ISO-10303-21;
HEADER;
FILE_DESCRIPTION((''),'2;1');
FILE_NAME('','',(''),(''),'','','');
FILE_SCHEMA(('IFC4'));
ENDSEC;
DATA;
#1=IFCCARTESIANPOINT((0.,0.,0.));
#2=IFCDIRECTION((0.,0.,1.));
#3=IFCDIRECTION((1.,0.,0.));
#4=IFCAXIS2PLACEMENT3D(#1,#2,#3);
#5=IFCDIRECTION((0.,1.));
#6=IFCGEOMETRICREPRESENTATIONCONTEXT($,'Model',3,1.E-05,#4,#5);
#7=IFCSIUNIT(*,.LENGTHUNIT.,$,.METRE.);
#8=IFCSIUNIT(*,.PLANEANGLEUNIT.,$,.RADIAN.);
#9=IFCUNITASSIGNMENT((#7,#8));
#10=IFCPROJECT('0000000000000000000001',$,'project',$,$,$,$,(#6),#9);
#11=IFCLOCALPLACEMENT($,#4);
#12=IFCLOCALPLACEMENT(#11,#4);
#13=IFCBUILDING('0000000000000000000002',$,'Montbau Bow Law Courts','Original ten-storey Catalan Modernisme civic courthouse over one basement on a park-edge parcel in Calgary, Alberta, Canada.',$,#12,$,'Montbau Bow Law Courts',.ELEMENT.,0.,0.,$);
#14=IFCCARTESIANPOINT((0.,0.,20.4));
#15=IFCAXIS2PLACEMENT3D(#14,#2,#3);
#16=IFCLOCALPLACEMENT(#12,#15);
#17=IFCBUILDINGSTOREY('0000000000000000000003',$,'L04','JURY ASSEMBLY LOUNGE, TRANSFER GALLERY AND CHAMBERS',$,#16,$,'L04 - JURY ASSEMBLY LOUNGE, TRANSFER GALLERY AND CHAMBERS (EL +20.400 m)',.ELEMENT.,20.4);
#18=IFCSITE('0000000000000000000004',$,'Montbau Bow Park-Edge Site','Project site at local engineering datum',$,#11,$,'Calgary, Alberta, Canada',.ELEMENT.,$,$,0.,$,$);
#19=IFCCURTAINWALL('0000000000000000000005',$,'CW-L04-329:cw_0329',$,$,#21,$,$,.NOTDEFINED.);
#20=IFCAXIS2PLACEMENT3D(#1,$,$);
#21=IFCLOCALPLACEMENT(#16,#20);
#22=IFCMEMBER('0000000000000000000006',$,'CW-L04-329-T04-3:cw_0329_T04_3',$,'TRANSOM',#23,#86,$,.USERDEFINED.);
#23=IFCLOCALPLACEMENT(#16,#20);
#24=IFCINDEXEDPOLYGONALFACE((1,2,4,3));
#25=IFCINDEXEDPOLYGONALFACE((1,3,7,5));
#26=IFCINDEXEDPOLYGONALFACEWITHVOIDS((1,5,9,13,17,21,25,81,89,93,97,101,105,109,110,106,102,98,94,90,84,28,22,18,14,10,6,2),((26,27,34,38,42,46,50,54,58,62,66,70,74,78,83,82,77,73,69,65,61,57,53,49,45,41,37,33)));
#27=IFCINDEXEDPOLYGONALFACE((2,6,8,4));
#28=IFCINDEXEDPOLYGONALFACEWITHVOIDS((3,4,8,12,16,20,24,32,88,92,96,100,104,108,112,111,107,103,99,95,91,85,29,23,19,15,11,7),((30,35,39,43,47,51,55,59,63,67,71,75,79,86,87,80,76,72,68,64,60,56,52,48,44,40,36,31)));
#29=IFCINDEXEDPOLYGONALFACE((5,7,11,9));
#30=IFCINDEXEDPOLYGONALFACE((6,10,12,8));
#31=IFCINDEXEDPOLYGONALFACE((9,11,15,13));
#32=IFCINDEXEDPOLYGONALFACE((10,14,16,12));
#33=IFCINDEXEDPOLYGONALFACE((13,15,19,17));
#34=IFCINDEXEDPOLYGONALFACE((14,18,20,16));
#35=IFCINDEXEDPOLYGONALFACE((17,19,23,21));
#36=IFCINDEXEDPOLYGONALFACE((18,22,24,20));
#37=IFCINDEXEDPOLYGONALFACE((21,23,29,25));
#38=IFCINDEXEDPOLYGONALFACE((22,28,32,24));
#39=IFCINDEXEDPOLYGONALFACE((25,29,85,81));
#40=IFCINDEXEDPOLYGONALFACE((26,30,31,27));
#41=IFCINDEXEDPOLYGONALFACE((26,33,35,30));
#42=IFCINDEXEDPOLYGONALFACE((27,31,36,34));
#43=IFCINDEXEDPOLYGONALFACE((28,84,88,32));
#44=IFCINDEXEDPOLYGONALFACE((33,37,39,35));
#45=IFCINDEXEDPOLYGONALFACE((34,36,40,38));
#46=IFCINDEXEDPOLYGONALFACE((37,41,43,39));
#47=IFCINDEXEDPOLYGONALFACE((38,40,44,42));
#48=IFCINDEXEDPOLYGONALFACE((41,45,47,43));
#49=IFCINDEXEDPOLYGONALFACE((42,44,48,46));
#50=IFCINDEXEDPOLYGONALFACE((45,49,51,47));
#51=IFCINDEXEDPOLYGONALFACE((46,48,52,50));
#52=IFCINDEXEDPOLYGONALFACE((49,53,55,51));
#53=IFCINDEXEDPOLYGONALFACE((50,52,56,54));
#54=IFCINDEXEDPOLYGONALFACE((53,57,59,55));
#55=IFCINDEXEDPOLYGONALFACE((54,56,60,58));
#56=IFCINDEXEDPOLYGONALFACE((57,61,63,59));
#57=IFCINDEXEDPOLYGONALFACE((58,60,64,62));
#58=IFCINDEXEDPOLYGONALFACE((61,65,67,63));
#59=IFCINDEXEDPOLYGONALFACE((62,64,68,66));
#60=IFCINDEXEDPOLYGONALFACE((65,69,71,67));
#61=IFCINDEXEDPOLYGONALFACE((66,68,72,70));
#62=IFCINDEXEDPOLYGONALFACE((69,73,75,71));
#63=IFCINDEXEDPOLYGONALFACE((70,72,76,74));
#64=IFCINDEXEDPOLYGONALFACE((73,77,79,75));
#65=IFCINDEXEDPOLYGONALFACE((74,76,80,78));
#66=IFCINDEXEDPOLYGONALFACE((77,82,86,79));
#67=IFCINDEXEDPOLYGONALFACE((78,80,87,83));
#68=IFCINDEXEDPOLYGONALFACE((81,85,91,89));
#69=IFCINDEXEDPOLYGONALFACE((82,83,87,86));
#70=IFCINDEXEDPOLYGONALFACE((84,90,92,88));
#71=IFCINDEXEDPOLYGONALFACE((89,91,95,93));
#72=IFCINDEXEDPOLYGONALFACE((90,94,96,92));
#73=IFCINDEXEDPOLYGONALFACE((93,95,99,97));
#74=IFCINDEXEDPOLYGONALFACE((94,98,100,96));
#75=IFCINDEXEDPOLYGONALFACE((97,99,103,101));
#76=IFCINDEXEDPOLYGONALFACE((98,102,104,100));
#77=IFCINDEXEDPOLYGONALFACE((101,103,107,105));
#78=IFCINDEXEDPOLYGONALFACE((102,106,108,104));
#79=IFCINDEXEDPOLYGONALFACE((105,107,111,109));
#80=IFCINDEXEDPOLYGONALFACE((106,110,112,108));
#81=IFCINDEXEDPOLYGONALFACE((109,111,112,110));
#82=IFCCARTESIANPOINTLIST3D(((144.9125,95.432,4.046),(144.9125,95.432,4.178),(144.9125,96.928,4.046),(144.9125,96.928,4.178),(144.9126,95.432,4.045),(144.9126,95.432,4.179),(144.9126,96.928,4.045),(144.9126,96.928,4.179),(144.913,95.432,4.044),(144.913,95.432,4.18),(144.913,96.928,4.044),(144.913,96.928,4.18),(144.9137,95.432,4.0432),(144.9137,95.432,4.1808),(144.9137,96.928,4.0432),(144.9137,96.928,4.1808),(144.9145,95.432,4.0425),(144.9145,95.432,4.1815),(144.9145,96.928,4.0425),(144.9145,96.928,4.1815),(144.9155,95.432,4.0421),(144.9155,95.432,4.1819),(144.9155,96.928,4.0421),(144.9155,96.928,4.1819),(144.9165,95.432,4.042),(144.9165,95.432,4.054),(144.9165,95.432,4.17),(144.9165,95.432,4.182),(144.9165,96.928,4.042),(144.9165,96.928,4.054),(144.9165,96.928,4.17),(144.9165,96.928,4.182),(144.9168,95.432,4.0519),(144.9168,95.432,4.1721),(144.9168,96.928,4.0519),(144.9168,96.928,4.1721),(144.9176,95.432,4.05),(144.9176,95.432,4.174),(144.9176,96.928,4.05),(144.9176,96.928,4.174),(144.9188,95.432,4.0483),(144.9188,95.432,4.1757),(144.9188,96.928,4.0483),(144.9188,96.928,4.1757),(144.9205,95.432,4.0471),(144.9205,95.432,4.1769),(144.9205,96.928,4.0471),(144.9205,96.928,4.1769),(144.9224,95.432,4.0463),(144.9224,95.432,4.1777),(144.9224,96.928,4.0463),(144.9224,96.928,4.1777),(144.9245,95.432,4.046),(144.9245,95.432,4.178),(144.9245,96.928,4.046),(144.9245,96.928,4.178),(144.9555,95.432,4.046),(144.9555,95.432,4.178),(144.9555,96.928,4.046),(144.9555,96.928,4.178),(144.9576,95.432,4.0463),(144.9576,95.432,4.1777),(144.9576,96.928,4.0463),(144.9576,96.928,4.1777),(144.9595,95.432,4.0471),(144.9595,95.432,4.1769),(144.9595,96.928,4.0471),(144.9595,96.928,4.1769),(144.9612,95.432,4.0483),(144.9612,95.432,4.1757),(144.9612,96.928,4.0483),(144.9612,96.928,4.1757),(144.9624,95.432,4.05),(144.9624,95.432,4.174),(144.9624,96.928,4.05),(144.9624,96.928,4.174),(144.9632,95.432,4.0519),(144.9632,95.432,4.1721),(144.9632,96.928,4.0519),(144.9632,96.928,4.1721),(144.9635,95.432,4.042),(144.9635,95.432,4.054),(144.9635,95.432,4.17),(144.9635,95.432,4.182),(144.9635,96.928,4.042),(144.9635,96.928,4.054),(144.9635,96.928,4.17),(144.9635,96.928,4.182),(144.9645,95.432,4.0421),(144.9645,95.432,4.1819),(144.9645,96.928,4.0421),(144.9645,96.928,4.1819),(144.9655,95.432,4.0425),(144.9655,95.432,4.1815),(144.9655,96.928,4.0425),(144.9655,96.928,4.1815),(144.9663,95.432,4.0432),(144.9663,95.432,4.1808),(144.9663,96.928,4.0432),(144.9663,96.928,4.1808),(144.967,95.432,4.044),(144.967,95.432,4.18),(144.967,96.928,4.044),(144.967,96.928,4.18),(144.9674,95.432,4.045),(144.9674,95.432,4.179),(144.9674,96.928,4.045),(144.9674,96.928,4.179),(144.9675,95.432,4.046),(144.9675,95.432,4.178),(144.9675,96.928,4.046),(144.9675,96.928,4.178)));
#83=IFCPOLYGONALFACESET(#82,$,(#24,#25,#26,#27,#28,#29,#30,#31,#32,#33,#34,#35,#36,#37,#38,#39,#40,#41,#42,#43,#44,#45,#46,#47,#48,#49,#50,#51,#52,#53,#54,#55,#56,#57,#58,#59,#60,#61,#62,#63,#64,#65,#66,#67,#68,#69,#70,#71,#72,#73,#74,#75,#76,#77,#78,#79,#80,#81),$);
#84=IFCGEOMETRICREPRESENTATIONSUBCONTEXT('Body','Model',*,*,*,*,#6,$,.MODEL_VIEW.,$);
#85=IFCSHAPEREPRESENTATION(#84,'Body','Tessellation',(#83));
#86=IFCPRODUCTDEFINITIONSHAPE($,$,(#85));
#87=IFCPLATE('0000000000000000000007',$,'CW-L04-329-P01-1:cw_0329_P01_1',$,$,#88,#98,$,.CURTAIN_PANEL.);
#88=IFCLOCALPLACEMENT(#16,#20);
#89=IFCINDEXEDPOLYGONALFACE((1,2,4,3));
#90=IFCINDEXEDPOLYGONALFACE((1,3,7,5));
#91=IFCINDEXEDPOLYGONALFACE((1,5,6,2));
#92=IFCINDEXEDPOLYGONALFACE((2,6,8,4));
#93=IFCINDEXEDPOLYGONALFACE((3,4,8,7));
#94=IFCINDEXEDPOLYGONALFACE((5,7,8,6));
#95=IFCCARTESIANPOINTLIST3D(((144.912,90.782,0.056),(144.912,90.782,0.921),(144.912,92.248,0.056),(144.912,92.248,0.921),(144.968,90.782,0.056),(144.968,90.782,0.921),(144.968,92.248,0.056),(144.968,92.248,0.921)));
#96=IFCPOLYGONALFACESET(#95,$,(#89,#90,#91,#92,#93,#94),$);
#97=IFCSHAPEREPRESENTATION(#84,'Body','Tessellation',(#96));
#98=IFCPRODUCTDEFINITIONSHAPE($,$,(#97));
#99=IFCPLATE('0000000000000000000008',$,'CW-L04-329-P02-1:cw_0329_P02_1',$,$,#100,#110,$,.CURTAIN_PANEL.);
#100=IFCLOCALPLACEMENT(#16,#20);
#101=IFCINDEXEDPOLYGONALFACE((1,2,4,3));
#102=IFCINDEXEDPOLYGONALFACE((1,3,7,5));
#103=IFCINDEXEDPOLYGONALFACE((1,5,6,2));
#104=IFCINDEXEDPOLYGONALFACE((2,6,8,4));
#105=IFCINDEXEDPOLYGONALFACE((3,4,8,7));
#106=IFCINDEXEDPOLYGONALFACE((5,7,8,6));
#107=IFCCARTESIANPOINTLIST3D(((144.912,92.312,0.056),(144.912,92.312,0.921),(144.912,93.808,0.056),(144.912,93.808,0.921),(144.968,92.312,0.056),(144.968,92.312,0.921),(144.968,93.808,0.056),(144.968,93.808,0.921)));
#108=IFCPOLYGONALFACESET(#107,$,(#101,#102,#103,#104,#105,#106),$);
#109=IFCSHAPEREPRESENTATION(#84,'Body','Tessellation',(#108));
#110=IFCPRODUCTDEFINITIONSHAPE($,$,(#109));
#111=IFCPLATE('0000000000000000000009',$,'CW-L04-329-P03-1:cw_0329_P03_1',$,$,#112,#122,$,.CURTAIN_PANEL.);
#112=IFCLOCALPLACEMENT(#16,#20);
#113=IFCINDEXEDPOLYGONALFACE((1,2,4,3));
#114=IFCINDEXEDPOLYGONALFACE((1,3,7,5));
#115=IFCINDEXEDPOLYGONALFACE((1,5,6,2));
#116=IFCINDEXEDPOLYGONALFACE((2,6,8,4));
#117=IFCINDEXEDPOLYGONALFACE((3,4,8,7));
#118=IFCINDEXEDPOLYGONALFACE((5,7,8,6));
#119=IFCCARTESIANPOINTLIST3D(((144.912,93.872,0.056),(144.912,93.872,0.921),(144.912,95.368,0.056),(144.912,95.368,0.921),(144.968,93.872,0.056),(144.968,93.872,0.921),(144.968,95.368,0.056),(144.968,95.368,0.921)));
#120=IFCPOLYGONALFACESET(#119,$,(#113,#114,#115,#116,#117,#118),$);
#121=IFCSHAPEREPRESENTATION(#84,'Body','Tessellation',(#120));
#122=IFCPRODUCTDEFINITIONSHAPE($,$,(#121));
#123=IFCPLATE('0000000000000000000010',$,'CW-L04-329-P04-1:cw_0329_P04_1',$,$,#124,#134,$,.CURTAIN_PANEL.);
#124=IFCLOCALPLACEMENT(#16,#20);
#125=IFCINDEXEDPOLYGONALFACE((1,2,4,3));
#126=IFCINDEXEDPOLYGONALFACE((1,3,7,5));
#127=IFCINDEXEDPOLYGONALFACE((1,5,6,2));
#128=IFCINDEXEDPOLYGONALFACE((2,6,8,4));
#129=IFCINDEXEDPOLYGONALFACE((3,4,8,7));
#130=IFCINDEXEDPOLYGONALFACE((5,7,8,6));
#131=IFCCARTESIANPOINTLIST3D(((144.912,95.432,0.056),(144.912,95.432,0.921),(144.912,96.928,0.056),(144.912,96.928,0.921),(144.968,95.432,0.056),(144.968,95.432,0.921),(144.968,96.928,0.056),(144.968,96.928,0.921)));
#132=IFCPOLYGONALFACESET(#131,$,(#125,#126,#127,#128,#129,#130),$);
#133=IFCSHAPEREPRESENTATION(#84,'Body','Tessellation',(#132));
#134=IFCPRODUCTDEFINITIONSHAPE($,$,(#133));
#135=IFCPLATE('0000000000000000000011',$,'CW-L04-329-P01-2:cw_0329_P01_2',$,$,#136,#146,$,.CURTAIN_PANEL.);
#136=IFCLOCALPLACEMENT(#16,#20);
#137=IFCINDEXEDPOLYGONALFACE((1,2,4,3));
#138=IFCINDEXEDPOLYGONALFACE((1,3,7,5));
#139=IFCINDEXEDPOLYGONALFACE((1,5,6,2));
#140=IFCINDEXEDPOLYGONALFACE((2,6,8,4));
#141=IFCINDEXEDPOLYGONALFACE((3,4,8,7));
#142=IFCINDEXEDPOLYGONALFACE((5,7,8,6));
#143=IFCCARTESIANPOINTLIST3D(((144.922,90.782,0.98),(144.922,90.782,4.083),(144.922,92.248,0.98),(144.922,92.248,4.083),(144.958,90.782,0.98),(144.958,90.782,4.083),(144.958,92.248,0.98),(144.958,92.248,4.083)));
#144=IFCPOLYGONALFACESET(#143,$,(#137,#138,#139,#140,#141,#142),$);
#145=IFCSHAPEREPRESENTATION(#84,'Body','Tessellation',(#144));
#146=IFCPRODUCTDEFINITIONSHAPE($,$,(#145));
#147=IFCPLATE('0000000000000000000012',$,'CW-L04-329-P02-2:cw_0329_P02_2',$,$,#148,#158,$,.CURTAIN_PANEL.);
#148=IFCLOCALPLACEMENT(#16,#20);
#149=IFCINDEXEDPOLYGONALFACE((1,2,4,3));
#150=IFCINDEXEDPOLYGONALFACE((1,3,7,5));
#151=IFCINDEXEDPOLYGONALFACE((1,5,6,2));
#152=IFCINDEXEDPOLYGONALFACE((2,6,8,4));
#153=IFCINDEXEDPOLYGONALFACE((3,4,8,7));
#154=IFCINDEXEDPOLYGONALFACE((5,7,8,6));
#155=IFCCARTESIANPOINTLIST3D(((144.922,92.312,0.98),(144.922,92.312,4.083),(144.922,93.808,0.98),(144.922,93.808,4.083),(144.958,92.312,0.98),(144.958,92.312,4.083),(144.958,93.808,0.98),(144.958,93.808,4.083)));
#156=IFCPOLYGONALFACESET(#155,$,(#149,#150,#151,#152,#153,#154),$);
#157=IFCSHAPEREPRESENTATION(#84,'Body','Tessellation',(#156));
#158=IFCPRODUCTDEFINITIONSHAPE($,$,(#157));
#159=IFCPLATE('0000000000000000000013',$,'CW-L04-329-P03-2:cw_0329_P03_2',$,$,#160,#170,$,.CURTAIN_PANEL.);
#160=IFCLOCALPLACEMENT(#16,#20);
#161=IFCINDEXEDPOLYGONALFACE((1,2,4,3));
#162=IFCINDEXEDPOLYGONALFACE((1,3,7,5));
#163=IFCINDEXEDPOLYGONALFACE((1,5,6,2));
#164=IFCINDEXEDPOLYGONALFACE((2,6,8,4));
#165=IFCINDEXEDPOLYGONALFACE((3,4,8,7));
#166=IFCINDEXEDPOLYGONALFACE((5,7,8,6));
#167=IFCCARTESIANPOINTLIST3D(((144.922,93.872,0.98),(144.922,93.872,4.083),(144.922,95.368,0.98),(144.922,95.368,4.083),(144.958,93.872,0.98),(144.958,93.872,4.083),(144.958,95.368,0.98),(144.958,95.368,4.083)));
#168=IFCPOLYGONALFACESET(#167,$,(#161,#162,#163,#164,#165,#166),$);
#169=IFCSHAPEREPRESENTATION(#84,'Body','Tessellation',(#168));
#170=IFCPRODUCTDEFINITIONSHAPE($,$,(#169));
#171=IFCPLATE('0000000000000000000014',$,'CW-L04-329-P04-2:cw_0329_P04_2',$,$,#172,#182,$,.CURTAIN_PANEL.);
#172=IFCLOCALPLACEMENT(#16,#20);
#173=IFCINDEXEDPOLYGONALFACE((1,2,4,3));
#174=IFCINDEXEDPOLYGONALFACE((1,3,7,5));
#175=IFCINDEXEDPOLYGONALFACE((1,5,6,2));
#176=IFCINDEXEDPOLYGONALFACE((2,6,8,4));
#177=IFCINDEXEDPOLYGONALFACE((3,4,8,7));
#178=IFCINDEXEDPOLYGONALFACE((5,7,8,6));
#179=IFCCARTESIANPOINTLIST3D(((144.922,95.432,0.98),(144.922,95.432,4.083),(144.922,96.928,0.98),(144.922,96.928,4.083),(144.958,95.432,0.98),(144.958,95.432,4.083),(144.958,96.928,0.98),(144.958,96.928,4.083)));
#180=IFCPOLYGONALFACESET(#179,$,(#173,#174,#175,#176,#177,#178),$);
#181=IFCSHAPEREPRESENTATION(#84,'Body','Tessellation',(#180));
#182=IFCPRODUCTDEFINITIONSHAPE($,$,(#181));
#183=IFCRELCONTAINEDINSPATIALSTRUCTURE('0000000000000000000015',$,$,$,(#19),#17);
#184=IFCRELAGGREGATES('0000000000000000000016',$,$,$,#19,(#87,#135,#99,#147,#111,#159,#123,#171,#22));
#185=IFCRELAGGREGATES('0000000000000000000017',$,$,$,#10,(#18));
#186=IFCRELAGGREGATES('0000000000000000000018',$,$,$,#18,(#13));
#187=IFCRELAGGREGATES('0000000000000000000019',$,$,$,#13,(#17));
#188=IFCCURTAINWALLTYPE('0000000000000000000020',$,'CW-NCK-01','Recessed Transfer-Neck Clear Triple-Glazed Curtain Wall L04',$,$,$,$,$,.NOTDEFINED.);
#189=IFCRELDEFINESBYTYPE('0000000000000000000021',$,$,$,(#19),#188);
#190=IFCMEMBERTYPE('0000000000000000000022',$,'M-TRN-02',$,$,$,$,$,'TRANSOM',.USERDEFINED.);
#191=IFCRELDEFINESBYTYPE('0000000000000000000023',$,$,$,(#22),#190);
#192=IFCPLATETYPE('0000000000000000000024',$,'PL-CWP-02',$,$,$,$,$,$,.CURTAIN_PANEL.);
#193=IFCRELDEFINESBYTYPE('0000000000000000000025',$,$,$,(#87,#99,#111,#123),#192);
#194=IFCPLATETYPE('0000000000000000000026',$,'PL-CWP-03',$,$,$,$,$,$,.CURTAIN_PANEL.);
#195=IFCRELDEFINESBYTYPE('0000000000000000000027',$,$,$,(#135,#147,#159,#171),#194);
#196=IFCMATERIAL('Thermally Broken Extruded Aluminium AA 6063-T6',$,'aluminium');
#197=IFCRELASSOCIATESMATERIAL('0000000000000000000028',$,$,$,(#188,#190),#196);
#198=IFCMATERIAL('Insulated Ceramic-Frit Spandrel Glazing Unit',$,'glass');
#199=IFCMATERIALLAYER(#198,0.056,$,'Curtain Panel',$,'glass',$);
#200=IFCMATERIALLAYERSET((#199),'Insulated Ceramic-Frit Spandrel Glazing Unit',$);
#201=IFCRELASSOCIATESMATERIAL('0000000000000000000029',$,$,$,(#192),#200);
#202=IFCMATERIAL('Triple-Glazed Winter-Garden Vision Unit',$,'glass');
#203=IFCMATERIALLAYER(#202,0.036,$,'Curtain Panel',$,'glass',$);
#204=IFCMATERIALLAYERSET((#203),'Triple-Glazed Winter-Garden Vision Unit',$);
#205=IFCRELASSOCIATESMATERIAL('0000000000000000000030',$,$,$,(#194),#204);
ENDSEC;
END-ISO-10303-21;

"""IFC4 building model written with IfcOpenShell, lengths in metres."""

from ifc_helpers import new_model, si_unit, direction, frame, frame_2d, origin_with_axes, origin_2d_with_axis, place, context, subcontext, project, spatial, rectangle, hollow_rectangle, extrude, material, layer, layer_set, material_profile, profile_set, type_object, element, aggregate, save


model = new_model("IFC4")

# Units and contexts
model_context = context("Model", 3, precision=1e-05, world=origin_with_axes(), true_north=direction((0.0, 1.0)))
body_context = subcontext(model_context, "Body", "Model", "MODEL_VIEW")
ifc_project = project(units=[si_unit("LENGTHUNIT", "METRE"), si_unit("PLANEANGLEUNIT", "RADIAN")], contexts=[model_context])

# Site, building, storey
site_placement = place(None, origin_with_axes())
site = spatial("IfcSite", under=ifc_project, at=site_placement, Name="Montbau Bow Park-Edge Site", Description="Project site at local engineering datum", LongName="Calgary, Alberta, Canada", CompositionType="ELEMENT", RefElevation=0.0)
building_placement = place(site_placement, origin_with_axes())
building = spatial("IfcBuilding", under=site, at=building_placement, Name="Montbau Bow Law Courts", Description="Original ten-storey Catalan Modernisme civic courthouse over one basement on a park-edge parcel in Calgary, Alberta, Canada.", LongName="Montbau Bow Law Courts", CompositionType="ELEMENT", ElevationOfRefHeight=0.0, ElevationOfTerrain=0.0)
storey_placement = place(building_placement, frame((0.0, 0.0, 20.4), z_axis=(0.0, 0.0, 1.0), x_axis=(1.0, 0.0, 0.0)))
storey = spatial("IfcBuildingStorey", under=building, at=storey_placement, Name="L04", Description="JURY ASSEMBLY LOUNGE, TRANSFER GALLERY AND CHAMBERS", LongName="L04 - JURY ASSEMBLY LOUNGE, TRANSFER GALLERY AND CHAMBERS (EL +20.400 m)", CompositionType="ELEMENT", Elevation=20.4)

# Shared definitions
ifc_material_1 = material(Name="Thermally Broken Extruded Aluminium AA 6063-T6", Category="aluminium")
curtain_wall_type = type_object("IfcCurtainWallType", Name="CW-NCK-01", Description="Recessed Transfer-Neck Clear Triple-Glazed Curtain Wall L04", PredefinedType="NOTDEFINED", material=ifc_material_1)

# Curtain wall
curtain_wall_1_placement = place(None, frame((144.94, 90.72, 20.4), z_axis=(0.0, 0.0, 1.0), x_axis=(1.0, 0.0, 0.0)))
curtain_wall_1 = element("IfcCurtainWall", 1, at=curtain_wall_1_placement, inside=storey, type_object=curtain_wall_type, Name="CW-L04-329:cw_0329", PredefinedType="NOTDEFINED")

# Member
ifc_material_profile_1 = material_profile(ifc_material_1, hollow_rectangle(XDim=0.055, YDim=0.14, WallThickness=0.004, InnerFilletRadius=0.008, OuterFilletRadius=0.004, at=origin_2d_with_axis()), Name="CWT-140X55", Category="Main", Priority=0)
ifc_profile_set_1 = profile_set([ifc_material_profile_1], Name="Thermally Broken Extruded Aluminium AA 6063-T6")
member_type_1 = type_object("IfcMemberType", Name="M-TRN-02", ElementType="TRANSOM", PredefinedType="USERDEFINED", material=ifc_profile_set_1)
member_1_placement = place(None, frame((144.94, 95.432, 24.512), z_axis=(0.0, 1.0, 0.0), x_axis=(-1.0, 0.0, 0.0)))
member_1 = element("IfcMember", 2, at=member_1_placement, type_object=member_type_1, Name="CW-L04-329-T04-3:cw_0329_T04_3", ObjectType="TRANSOM", PredefinedType="USERDEFINED", context=body_context, shape_type="SweptSolid", body=[
    extrude(hollow_rectangle(XDim=0.055, YDim=0.14, WallThickness=0.004, InnerFilletRadius=0.008, OuterFilletRadius=0.004, at=origin_2d_with_axis()), origin_with_axes(), (0.0, 0.0, 1.0), 1.496),
])

# Plates
ifc_material_2 = material(Name="Insulated Ceramic-Frit Spandrel Glazing Unit", Category="glass")
ifc_layer_1 = layer(ifc_material_2, 0.056, Name="Curtain Panel", Category="glass")
ifc_layer_set_1 = layer_set([ifc_layer_1], Name="Insulated Ceramic-Frit Spandrel Glazing Unit")
plate_type_1 = type_object("IfcPlateType", Name="PL-CWP-02", PredefinedType="CURTAIN_PANEL", material=ifc_layer_set_1)
plate_1_placement = place(None, frame((144.94, 90.782, 20.456), z_axis=(1.0, 0.0, 0.0), x_axis=(0.0, 1.0, 0.0)))
plate_1 = element("IfcPlate", 3, at=plate_1_placement, type_object=plate_type_1, Name="CW-L04-329-P01-1:cw_0329_P01_1", PredefinedType="CURTAIN_PANEL", context=body_context, shape_type="SweptSolid", body=[
    extrude(rectangle(XDim=1.466, YDim=0.865, at=frame_2d((0.733, 0.4325), x_axis=(1.0, 0.0))), frame((0.0, 0.0, -0.028), z_axis=(0.0, 0.0, 1.0), x_axis=(1.0, 0.0, 0.0)), (0.0, 0.0, 1.0), 0.056),
])
plate_2_placement = place(None, frame((144.94, 92.312, 20.456), z_axis=(1.0, 0.0, 0.0), x_axis=(0.0, 1.0, 0.0)))
plate_2 = element("IfcPlate", 4, at=plate_2_placement, type_object=plate_type_1, Name="CW-L04-329-P02-1:cw_0329_P02_1", PredefinedType="CURTAIN_PANEL", context=body_context, shape_type="SweptSolid", body=[
    extrude(rectangle(XDim=1.496, YDim=0.865, at=frame_2d((0.748, 0.4325), x_axis=(1.0, 0.0))), frame((0.0, 0.0, -0.028), z_axis=(0.0, 0.0, 1.0), x_axis=(1.0, 0.0, 0.0)), (0.0, 0.0, 1.0), 0.056),
])
plate_3_placement = place(None, frame((144.94, 93.872, 20.456), z_axis=(1.0, 0.0, 0.0), x_axis=(0.0, 1.0, 0.0)))
plate_3 = element("IfcPlate", 5, at=plate_3_placement, type_object=plate_type_1, Name="CW-L04-329-P03-1:cw_0329_P03_1", PredefinedType="CURTAIN_PANEL", context=body_context, shape_type="SweptSolid", body=[
    extrude(rectangle(XDim=1.496, YDim=0.865, at=frame_2d((0.748, 0.4325), x_axis=(1.0, 0.0))), frame((0.0, 0.0, -0.028), z_axis=(0.0, 0.0, 1.0), x_axis=(1.0, 0.0, 0.0)), (0.0, 0.0, 1.0), 0.056),
])
plate_4_placement = place(None, frame((144.94, 95.432, 20.456), z_axis=(1.0, 0.0, 0.0), x_axis=(0.0, 1.0, 0.0)))
plate_4 = element("IfcPlate", 6, at=plate_4_placement, type_object=plate_type_1, Name="CW-L04-329-P04-1:cw_0329_P04_1", PredefinedType="CURTAIN_PANEL", context=body_context, shape_type="SweptSolid", body=[
    extrude(rectangle(XDim=1.496, YDim=0.865, at=frame_2d((0.748, 0.4325), x_axis=(1.0, 0.0))), frame((0.0, 0.0, -0.028), z_axis=(0.0, 0.0, 1.0), x_axis=(1.0, 0.0, 0.0)), (0.0, 0.0, 1.0), 0.056),
])
ifc_material_3 = material(Name="Triple-Glazed Winter-Garden Vision Unit", Category="glass")
ifc_layer_2 = layer(ifc_material_3, 0.036, Name="Curtain Panel", Category="glass")
ifc_layer_set_2 = layer_set([ifc_layer_2], Name="Triple-Glazed Winter-Garden Vision Unit")
plate_type_2 = type_object("IfcPlateType", Name="PL-CWP-03", PredefinedType="CURTAIN_PANEL", material=ifc_layer_set_2)
plate_5_placement = place(None, frame((144.94, 90.782, 21.38), z_axis=(1.0, 0.0, 0.0), x_axis=(0.0, 1.0, 0.0)))
plate_5 = element("IfcPlate", 7, at=plate_5_placement, type_object=plate_type_2, Name="CW-L04-329-P01-2:cw_0329_P01_2", PredefinedType="CURTAIN_PANEL", context=body_context, shape_type="SweptSolid", body=[
    extrude(rectangle(XDim=1.466, YDim=3.103, at=frame_2d((0.733, 1.5515), x_axis=(1.0, 0.0))), frame((0.0, 0.0, -0.018), z_axis=(0.0, 0.0, 1.0), x_axis=(1.0, 0.0, 0.0)), (0.0, 0.0, 1.0), 0.036),
])
plate_6_placement = place(None, frame((144.94, 92.312, 21.38), z_axis=(1.0, 0.0, 0.0), x_axis=(0.0, 1.0, 0.0)))
plate_6 = element("IfcPlate", 8, at=plate_6_placement, type_object=plate_type_2, Name="CW-L04-329-P02-2:cw_0329_P02_2", PredefinedType="CURTAIN_PANEL", context=body_context, shape_type="SweptSolid", body=[
    extrude(rectangle(XDim=1.496, YDim=3.103, at=frame_2d((0.748, 1.5515), x_axis=(1.0, 0.0))), frame((0.0, 0.0, -0.018), z_axis=(0.0, 0.0, 1.0), x_axis=(1.0, 0.0, 0.0)), (0.0, 0.0, 1.0), 0.036),
])
plate_7_placement = place(None, frame((144.94, 93.872, 21.38), z_axis=(1.0, 0.0, 0.0), x_axis=(0.0, 1.0, 0.0)))
plate_7 = element("IfcPlate", 9, at=plate_7_placement, type_object=plate_type_2, Name="CW-L04-329-P03-2:cw_0329_P03_2", PredefinedType="CURTAIN_PANEL", context=body_context, shape_type="SweptSolid", body=[
    extrude(rectangle(XDim=1.496, YDim=3.103, at=frame_2d((0.748, 1.5515), x_axis=(1.0, 0.0))), frame((0.0, 0.0, -0.018), z_axis=(0.0, 0.0, 1.0), x_axis=(1.0, 0.0, 0.0)), (0.0, 0.0, 1.0), 0.036),
])
plate_8_placement = place(None, frame((144.94, 95.432, 21.38), z_axis=(1.0, 0.0, 0.0), x_axis=(0.0, 1.0, 0.0)))
plate_8 = element("IfcPlate", 10, at=plate_8_placement, type_object=plate_type_2, Name="CW-L04-329-P04-2:cw_0329_P04_2", PredefinedType="CURTAIN_PANEL", context=body_context, shape_type="SweptSolid", body=[
    extrude(rectangle(XDim=1.496, YDim=3.103, at=frame_2d((0.748, 1.5515), x_axis=(1.0, 0.0))), frame((0.0, 0.0, -0.018), z_axis=(0.0, 0.0, 1.0), x_axis=(1.0, 0.0, 0.0)), (0.0, 0.0, 1.0), 0.036),
])
aggregate(curtain_wall_1, [plate_1, plate_5, plate_2, plate_6, plate_3, plate_7, plate_4, plate_8, member_1])

save(model, "model.ifc")
